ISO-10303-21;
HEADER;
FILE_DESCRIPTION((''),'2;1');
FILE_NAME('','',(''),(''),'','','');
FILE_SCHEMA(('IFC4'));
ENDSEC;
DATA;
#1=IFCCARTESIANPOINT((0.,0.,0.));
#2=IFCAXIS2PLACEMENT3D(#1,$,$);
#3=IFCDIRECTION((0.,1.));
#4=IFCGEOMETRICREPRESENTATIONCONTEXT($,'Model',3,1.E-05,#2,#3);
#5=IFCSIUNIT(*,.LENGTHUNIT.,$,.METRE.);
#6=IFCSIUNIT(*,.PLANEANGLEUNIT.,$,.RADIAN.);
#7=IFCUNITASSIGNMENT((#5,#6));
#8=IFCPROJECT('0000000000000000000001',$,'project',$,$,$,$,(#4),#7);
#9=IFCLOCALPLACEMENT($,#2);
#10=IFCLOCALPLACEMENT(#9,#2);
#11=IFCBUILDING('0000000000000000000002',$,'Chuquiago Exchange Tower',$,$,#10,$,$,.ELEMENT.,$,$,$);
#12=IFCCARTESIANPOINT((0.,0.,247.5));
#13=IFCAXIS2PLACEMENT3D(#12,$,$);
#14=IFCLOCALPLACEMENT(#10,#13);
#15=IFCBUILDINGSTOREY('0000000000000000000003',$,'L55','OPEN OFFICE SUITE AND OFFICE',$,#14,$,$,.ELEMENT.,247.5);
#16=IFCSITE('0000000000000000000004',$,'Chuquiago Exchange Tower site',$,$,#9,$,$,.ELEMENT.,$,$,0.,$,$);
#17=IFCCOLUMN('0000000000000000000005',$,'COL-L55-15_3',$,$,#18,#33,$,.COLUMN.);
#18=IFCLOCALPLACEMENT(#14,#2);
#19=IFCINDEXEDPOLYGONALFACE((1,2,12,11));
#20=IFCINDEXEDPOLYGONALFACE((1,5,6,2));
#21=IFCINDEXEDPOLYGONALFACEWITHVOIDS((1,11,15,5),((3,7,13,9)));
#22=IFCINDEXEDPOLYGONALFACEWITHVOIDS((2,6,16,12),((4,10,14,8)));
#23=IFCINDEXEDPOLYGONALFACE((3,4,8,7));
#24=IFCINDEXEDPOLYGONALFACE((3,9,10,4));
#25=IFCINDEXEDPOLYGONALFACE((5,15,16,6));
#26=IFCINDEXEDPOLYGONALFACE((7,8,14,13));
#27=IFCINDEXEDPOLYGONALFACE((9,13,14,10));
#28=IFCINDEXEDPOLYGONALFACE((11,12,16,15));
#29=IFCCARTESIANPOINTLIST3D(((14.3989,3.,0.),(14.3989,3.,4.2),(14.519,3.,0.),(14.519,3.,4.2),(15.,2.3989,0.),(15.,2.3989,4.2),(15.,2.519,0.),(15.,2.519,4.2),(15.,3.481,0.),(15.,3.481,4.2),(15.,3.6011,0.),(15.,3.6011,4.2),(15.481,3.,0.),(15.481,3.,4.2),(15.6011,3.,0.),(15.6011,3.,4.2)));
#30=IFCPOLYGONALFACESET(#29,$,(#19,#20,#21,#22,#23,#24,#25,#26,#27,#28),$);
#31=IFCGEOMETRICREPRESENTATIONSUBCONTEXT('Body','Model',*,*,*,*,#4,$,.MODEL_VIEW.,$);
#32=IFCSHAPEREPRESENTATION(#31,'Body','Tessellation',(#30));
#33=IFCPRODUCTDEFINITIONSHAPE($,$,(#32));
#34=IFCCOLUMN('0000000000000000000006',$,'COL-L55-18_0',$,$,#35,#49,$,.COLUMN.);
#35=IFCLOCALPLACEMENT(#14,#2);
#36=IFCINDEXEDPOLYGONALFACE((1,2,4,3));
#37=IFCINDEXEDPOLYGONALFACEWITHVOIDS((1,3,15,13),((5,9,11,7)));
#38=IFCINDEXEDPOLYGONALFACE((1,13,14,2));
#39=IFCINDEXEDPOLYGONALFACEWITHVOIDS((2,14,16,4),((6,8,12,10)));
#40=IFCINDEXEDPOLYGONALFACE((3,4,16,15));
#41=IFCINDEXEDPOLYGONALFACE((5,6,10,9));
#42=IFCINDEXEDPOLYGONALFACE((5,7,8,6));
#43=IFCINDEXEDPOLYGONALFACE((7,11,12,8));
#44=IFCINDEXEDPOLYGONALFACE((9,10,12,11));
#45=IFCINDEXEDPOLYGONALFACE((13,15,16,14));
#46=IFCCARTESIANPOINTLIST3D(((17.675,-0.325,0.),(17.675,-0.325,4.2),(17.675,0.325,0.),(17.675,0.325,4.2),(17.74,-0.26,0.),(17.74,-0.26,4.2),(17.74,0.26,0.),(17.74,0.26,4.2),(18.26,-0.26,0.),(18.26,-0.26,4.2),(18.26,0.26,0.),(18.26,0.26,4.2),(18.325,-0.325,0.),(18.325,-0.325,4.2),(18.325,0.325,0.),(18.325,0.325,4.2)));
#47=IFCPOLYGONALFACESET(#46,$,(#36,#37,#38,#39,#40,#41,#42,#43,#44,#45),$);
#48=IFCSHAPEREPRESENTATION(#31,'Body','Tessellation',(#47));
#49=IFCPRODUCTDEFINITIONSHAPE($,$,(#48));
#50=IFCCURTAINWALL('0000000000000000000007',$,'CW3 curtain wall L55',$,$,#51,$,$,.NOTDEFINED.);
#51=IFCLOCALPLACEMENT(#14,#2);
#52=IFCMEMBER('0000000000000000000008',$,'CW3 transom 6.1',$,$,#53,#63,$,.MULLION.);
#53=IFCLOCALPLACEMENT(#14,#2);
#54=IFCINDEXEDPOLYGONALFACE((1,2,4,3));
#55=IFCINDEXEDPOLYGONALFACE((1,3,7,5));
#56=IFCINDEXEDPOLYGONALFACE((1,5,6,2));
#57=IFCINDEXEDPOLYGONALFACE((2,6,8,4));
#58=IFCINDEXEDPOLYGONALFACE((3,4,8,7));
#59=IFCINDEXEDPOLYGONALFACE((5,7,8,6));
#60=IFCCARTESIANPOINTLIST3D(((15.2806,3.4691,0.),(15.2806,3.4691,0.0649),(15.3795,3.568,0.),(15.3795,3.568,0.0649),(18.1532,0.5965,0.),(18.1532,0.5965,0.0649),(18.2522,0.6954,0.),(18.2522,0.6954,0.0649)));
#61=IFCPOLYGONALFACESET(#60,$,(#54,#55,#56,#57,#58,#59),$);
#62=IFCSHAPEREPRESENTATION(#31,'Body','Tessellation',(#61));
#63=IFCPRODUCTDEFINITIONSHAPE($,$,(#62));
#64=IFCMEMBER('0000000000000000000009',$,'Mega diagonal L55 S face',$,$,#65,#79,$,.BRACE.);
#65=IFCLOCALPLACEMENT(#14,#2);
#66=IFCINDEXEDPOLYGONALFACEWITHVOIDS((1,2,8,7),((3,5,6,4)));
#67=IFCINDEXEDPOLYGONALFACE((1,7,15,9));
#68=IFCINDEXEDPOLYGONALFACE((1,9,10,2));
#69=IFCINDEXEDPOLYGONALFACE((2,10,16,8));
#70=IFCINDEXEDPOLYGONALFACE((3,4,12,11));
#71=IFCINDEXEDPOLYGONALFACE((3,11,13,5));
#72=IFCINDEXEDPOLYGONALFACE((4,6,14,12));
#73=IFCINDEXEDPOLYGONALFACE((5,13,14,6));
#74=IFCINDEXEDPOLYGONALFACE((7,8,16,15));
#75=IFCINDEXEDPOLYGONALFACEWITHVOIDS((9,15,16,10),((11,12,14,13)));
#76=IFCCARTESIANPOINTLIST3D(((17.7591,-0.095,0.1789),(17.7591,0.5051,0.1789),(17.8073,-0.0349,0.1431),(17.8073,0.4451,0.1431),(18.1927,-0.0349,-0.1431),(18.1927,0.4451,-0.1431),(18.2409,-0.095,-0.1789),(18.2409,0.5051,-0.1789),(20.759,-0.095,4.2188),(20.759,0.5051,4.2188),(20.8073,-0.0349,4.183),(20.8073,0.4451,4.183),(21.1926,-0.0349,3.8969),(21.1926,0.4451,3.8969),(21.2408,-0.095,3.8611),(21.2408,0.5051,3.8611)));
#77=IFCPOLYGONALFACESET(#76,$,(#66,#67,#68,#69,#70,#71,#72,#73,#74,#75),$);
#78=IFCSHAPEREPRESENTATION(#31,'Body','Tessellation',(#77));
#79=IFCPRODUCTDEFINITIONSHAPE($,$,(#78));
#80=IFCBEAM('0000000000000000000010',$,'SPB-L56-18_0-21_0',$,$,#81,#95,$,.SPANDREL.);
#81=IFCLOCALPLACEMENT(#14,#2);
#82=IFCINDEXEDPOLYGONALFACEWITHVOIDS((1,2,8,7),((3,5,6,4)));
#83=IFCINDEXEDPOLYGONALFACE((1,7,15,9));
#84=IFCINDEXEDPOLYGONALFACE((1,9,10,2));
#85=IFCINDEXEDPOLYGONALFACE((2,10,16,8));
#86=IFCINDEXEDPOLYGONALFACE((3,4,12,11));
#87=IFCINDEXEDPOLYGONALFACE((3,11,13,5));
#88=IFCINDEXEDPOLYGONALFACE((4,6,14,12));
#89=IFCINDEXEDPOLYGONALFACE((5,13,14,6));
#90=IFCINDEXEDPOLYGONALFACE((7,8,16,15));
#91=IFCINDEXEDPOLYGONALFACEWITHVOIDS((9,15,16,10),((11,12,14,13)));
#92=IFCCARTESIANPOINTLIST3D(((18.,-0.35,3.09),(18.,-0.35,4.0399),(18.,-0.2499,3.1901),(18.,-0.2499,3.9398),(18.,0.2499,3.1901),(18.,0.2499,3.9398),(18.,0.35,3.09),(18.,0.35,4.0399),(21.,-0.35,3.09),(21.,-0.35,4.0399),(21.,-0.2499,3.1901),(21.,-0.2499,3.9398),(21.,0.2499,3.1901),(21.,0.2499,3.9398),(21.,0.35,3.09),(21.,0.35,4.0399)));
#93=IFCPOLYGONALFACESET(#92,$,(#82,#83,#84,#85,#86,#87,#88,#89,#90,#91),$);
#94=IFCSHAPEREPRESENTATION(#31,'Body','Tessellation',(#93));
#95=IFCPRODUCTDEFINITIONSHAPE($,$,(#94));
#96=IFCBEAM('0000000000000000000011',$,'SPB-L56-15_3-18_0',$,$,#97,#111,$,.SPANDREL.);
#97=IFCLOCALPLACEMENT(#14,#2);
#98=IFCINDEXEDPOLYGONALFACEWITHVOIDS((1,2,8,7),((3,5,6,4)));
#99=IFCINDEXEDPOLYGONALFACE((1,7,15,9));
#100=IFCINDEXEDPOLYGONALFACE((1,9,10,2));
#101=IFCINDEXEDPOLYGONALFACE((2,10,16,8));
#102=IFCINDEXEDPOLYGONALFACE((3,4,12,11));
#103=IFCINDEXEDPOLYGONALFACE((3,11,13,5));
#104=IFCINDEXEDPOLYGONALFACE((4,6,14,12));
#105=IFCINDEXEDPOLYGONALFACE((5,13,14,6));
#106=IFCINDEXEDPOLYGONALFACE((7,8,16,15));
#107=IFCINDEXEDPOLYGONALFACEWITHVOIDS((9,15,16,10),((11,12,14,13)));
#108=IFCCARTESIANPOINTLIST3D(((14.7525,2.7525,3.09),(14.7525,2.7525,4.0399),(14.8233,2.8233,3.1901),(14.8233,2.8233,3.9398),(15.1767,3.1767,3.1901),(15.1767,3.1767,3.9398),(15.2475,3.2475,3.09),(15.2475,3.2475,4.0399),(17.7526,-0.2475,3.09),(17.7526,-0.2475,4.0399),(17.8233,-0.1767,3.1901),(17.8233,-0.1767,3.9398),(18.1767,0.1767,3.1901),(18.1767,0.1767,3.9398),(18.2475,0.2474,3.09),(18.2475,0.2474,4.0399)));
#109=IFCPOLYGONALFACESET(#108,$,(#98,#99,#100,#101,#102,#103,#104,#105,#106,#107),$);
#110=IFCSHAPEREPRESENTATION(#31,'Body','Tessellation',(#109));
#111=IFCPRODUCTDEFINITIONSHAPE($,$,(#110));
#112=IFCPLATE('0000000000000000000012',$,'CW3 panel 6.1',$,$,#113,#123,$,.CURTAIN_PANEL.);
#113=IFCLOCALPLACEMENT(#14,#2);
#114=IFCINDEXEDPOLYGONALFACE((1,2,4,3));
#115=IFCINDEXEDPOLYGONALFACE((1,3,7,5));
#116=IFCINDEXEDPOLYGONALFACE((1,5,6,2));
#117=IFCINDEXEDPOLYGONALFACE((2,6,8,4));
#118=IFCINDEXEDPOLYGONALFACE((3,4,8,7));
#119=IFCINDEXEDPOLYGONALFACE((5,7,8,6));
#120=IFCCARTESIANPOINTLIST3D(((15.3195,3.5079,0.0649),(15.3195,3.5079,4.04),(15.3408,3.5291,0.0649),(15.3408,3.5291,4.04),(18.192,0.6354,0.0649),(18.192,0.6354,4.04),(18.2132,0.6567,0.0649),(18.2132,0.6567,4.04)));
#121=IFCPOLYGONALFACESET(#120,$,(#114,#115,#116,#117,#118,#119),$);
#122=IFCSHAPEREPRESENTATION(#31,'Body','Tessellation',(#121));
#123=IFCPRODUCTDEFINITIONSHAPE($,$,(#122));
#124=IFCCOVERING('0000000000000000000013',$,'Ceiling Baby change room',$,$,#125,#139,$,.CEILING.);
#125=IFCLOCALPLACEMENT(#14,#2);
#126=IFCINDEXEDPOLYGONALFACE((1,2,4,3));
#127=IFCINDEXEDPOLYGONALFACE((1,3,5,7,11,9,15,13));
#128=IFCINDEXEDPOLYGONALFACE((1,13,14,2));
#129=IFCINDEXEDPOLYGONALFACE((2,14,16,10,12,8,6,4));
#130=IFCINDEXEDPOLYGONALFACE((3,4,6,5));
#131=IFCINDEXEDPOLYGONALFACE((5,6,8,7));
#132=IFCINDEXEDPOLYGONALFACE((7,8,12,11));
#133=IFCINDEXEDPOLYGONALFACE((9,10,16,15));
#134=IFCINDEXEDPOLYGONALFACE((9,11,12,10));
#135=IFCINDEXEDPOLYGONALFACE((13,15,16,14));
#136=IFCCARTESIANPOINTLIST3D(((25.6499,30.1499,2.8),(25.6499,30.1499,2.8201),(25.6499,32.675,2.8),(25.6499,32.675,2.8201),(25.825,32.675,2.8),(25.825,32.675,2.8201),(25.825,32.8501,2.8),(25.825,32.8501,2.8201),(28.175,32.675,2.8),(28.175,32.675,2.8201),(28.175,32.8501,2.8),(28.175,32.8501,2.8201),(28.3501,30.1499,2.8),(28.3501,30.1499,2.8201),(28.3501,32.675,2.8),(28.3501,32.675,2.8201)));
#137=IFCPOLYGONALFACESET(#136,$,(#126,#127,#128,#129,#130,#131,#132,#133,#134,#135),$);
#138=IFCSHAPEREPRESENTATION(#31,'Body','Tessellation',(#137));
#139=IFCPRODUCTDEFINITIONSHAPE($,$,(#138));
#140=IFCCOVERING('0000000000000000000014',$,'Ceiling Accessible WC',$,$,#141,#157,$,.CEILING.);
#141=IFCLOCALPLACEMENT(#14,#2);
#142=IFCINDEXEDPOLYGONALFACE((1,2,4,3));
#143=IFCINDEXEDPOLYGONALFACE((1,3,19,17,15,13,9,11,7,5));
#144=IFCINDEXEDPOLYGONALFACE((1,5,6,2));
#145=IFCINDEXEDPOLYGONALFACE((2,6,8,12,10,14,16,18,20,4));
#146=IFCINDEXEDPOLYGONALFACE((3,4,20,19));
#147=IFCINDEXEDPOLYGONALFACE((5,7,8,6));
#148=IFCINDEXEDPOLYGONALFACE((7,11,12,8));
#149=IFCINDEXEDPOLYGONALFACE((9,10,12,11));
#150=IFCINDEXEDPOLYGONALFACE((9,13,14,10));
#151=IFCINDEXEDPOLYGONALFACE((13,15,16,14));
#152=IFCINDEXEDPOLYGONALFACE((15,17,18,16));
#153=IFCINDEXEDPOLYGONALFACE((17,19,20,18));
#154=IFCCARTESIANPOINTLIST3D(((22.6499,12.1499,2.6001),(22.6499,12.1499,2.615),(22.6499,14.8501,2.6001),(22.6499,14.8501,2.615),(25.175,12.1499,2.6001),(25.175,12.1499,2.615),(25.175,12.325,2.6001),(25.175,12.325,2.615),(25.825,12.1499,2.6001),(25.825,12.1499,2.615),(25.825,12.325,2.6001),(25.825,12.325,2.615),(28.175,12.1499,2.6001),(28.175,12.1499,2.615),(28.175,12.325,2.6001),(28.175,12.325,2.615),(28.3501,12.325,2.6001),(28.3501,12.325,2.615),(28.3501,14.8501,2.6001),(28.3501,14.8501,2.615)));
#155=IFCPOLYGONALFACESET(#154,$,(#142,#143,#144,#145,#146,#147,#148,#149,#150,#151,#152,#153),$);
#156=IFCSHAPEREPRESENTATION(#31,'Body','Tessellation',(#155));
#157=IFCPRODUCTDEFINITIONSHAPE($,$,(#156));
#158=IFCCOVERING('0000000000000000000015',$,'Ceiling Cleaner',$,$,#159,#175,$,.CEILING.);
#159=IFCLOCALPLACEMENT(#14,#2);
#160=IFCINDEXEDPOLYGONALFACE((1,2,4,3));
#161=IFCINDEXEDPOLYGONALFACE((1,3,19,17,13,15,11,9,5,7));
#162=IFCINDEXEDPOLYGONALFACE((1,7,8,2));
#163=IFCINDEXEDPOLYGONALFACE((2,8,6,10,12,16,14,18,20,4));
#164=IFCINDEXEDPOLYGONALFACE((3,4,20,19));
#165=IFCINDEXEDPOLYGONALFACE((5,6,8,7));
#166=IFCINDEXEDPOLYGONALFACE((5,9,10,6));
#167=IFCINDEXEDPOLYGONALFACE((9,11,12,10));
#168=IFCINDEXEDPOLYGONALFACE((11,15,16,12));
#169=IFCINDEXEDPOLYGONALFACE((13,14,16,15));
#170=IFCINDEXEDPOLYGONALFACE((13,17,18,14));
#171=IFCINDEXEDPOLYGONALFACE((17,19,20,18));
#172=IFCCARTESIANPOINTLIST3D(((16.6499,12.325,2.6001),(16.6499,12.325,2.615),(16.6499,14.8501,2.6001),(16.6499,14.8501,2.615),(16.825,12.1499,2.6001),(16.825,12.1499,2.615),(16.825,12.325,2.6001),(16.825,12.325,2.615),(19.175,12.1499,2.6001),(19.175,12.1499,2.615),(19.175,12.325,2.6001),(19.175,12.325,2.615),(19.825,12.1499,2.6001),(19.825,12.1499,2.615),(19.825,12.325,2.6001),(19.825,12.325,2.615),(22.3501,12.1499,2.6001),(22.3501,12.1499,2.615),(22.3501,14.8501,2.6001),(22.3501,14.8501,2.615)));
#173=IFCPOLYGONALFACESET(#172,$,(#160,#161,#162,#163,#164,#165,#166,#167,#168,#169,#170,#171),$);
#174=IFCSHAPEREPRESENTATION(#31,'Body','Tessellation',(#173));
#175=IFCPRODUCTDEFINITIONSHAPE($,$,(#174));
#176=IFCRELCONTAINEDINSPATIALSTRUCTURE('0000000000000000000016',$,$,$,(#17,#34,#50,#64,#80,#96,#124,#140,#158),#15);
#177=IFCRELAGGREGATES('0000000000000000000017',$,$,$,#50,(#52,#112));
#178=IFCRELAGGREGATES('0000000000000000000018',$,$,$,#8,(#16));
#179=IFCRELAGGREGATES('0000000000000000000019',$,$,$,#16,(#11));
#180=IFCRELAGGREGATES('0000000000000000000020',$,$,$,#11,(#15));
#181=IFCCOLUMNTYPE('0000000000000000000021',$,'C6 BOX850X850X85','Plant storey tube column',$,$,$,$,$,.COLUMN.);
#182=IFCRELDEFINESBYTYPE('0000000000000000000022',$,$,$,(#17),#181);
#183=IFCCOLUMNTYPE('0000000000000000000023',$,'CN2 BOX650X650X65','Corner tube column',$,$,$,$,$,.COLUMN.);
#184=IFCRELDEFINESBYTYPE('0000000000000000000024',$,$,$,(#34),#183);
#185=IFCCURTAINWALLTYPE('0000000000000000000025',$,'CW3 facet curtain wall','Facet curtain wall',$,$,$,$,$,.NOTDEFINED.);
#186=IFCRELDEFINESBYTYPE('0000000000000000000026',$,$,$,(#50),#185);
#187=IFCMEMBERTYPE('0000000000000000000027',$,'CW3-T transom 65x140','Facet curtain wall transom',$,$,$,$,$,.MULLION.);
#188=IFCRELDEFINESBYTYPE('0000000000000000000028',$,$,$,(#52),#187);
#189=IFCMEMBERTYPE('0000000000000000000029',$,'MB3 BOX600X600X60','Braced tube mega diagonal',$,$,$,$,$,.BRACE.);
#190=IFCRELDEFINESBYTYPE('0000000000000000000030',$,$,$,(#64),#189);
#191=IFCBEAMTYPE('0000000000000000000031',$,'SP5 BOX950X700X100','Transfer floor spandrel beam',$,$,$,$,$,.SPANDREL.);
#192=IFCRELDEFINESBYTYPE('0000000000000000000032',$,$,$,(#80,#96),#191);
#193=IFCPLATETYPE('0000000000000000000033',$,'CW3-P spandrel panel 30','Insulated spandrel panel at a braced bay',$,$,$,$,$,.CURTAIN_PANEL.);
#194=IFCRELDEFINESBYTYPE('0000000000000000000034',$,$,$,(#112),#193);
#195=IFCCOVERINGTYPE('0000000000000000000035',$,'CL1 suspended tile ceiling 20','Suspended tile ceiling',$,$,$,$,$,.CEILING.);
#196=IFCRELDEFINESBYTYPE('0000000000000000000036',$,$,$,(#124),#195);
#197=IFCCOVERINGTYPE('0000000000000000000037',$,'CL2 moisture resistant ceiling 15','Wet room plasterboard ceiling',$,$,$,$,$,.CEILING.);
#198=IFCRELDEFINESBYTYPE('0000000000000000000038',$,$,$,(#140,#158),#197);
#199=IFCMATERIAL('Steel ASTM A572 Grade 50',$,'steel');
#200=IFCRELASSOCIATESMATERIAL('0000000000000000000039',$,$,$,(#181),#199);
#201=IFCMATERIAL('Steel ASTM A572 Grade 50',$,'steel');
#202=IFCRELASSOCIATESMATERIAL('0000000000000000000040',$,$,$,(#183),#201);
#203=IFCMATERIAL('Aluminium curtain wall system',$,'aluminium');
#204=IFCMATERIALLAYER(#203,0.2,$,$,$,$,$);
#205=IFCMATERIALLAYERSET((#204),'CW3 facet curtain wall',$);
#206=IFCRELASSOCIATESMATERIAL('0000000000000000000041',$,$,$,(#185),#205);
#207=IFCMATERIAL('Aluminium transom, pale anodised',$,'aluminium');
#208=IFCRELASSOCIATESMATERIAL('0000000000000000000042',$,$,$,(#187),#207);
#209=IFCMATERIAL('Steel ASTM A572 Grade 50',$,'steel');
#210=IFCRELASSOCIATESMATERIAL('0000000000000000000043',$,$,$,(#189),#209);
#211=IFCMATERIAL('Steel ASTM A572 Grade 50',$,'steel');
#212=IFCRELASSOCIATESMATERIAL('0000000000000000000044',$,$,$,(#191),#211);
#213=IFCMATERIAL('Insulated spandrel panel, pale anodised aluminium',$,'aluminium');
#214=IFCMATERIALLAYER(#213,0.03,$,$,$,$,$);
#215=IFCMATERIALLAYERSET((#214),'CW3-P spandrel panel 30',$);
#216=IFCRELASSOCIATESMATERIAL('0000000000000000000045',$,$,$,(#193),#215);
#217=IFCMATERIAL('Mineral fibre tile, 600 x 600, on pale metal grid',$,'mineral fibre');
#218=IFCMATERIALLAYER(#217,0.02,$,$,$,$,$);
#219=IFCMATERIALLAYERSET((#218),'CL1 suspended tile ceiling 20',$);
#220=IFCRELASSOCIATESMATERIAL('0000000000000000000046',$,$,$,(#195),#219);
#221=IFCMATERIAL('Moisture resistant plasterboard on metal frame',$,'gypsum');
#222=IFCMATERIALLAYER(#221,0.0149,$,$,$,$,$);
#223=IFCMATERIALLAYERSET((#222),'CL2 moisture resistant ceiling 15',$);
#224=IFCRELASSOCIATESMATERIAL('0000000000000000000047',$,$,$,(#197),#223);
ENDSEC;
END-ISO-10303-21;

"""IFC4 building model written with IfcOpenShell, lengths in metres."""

from ifc_helpers import new_model, si_unit, direction, frame, origin, origin_2d, place, context, subcontext, project, spatial, polyline, rectangle, hollow_rectangle, outline, extrude, material, layer, layer_set, material_profile, profile_set, type_object, element, aggregate, save


model = new_model("IFC4")

# Units and contexts
model_context = context("Model", 3, precision=1e-05, world=origin(), true_north=direction((0.0, 1.0)))
body_context = subcontext(model_context, "Body", "Model", "MODEL_VIEW")
ifc_project = project(units=[si_unit("LENGTHUNIT", "METRE"), si_unit("PLANEANGLEUNIT", "RADIAN")], contexts=[model_context])

# Site, building, storey
site_placement = place(None, origin())
site = spatial("IfcSite", under=ifc_project, at=site_placement, Name="Chuquiago Exchange Tower site", CompositionType="ELEMENT", RefElevation=0.0)
building_placement = place(site_placement, origin())
building = spatial("IfcBuilding", under=site, at=building_placement, Name="Chuquiago Exchange Tower", CompositionType="ELEMENT")
storey_placement = place(building_placement, frame((0.0, 0.0, 247.5)))
storey = spatial("IfcBuildingStorey", under=building, at=storey_placement, Name="L55", Description="OPEN OFFICE SUITE AND OFFICE", CompositionType="ELEMENT", Elevation=247.5)

# Columns
ifc_material_1 = material(Name="Steel ASTM A572 Grade 50", Category="steel")
ifc_material_profile_1 = material_profile(ifc_material_1, hollow_rectangle(XDim=0.8501, YDim=0.8501, WallThickness=0.085, at=origin_2d()), Name="BOX850X850X85")
ifc_profile_set_1 = profile_set([ifc_material_profile_1], Name="Steel ASTM A572 Grade 50")
column_type_1 = type_object("IfcColumnType", Name="C6 BOX850X850X85", Description="Plant storey tube column", PredefinedType="COLUMN", material=ifc_profile_set_1)
column_1_placement = place(storey_placement, frame((15.0, 3.0, 0.0), z_axis=(0.0, 0.0, 1.0), x_axis=(-0.707107, -0.707107, 0.0)))
element("IfcColumn", 1, at=column_1_placement, inside=storey, type_object=column_type_1, Name="COL-L55-15_3", PredefinedType="COLUMN", context=body_context, shape_type="SweptSolid", body=[
    extrude(hollow_rectangle(XDim=0.8501, YDim=0.8501, WallThickness=0.085, at=origin_2d()), origin(), (0.0, 0.0, 1.0), 4.2),
])
ifc_material_2 = material(Name="Steel ASTM A572 Grade 50", Category="steel")
ifc_material_profile_2 = material_profile(ifc_material_2, hollow_rectangle(XDim=0.6499, YDim=0.6499, WallThickness=0.0649, at=origin_2d()), Name="BOX650X650X65")
ifc_profile_set_2 = profile_set([ifc_material_profile_2], Name="Steel ASTM A572 Grade 50")
column_type_2 = type_object("IfcColumnType", Name="CN2 BOX650X650X65", Description="Corner tube column", PredefinedType="COLUMN", material=ifc_profile_set_2)
column_2_placement = place(storey_placement, frame((18.0, 0.0, 0.0), z_axis=(0.0, 0.0, 1.0), x_axis=(0.0, -1.0, 0.0)))
element("IfcColumn", 2, at=column_2_placement, inside=storey, type_object=column_type_2, Name="COL-L55-18_0", PredefinedType="COLUMN", context=body_context, shape_type="SweptSolid", body=[
    extrude(hollow_rectangle(XDim=0.6499, YDim=0.6499, WallThickness=0.0649, at=origin_2d()), origin(), (0.0, 0.0, 1.0), 4.2),
])

# Curtain wall, member
ifc_material_3 = material(Name="Aluminium curtain wall system", Category="aluminium")
ifc_layer_1 = layer(ifc_material_3, 0.2)
ifc_layer_set_1 = layer_set([ifc_layer_1], Name="CW3 facet curtain wall")
curtain_wall_type = type_object("IfcCurtainWallType", Name="CW3 facet curtain wall", Description="Facet curtain wall", PredefinedType="NOTDEFINED", material=ifc_layer_set_1)
curtain_wall_placement = place(storey_placement, origin())
curtain_wall = element("IfcCurtainWall", 3, at=curtain_wall_placement, inside=storey, type_object=curtain_wall_type, Name="CW3 curtain wall L55", PredefinedType="NOTDEFINED")
ifc_material_4 = material(Name="Aluminium transom, pale anodised", Category="aluminium")
ifc_material_profile_3 = material_profile(ifc_material_4, rectangle(XDim=0.1399, YDim=0.0649, at=origin_2d()), Name="AL 140x65")
ifc_profile_set_3 = profile_set([ifc_material_profile_3], Name="Aluminium transom, pale anodised")
member_type_1 = type_object("IfcMemberType", Name="CW3-T transom 65x140", Description="Facet curtain wall transom", PredefinedType="MULLION", material=ifc_profile_set_3)
member_1_placement = place(storey_placement, frame((15.3301, 3.5186, 0.0325), z_axis=(0.707107, -0.707107, 0.0), x_axis=(0.707107, 0.707107, 0.0)))
member_1 = element("IfcMember", 4, at=member_1_placement, type_object=member_type_1, Name="CW3 transom 6.1", PredefinedType="MULLION", context=body_context, shape_type="SweptSolid", body=[
    extrude(rectangle(XDim=0.1399, YDim=0.0649, at=origin_2d()), origin(), (0.0, 0.0, 1.0), 4.0625),
])

# Member
ifc_material_5 = material(Name="Steel ASTM A572 Grade 50", Category="steel")
ifc_material_profile_4 = material_profile(ifc_material_5, hollow_rectangle(XDim=0.6001, YDim=0.6001, WallThickness=0.0601, at=origin_2d()), Name="BOX600X600X60")
ifc_profile_set_4 = profile_set([ifc_material_profile_4], Name="Steel ASTM A572 Grade 50")
member_type_2 = type_object("IfcMemberType", Name="MB3 BOX600X600X60", Description="Braced tube mega diagonal", PredefinedType="BRACE", material=ifc_profile_set_4)
member_2_placement = place(storey_placement, frame((18.0, 0.2051, 0.0), z_axis=(0.596174, 0.0, 0.802855), x_axis=(0.0, 1.0, 0.0)))
element("IfcMember", 5, at=member_2_placement, inside=storey, type_object=member_type_2, Name="Mega diagonal L55 S face", PredefinedType="BRACE", context=body_context, shape_type="SweptSolid", body=[
    extrude(hollow_rectangle(XDim=0.6001, YDim=0.6001, WallThickness=0.0601, at=origin_2d()), origin(), (0.0, 0.0, 1.0), 5.032),
])

# Beams
ifc_material_6 = material(Name="Steel ASTM A572 Grade 50", Category="steel")
ifc_material_profile_5 = material_profile(ifc_material_6, hollow_rectangle(XDim=0.7, YDim=0.95, WallThickness=0.1001, at=origin_2d()), Name="BOX950X700X100")
ifc_profile_set_5 = profile_set([ifc_material_profile_5], Name="Steel ASTM A572 Grade 50")
beam_type = type_object("IfcBeamType", Name="SP5 BOX950X700X100", Description="Transfer floor spandrel beam", PredefinedType="SPANDREL", material=ifc_profile_set_5)
beam_1_placement = place(storey_placement, frame((18.0, 0.0, 3.5649), z_axis=(1.0, 0.0, 0.0), x_axis=(0.0, 1.0, 0.0)))
element("IfcBeam", 6, at=beam_1_placement, inside=storey, type_object=beam_type, Name="SPB-L56-18_0-21_0", PredefinedType="SPANDREL", context=body_context, shape_type="SweptSolid", body=[
    extrude(hollow_rectangle(XDim=0.7, YDim=0.95, WallThickness=0.1001, at=origin_2d()), origin(), (0.0, 0.0, 1.0), 3.0),
])
beam_2_placement = place(storey_placement, frame((15.0, 3.0, 3.5649), z_axis=(0.707107, -0.707107, 0.0), x_axis=(0.707107, 0.707107, 0.0)))
element("IfcBeam", 7, at=beam_2_placement, inside=storey, type_object=beam_type, Name="SPB-L56-15_3-18_0", PredefinedType="SPANDREL", context=body_context, shape_type="SweptSolid", body=[
    extrude(hollow_rectangle(XDim=0.7, YDim=0.95, WallThickness=0.1001, at=origin_2d()), origin(), (0.0, 0.0, 1.0), 4.2427),
])

# Plate
ifc_material_7 = material(Name="Insulated spandrel panel, pale anodised aluminium", Category="aluminium")
ifc_layer_2 = layer(ifc_material_7, 0.03)
ifc_layer_set_2 = layer_set([ifc_layer_2], Name="CW3-P spandrel panel 30")
plate_type = type_object("IfcPlateType", Name="CW3-P spandrel panel 30", Description="Insulated spandrel panel at a braced bay", PredefinedType="CURTAIN_PANEL", material=ifc_layer_set_2)
plate_placement = place(storey_placement, frame((16.7664, 2.0823, 0.0649), z_axis=(0.0, 0.0, 1.0), x_axis=(0.707107, -0.707107, 0.0)))
plate = element("IfcPlate", 8, at=plate_placement, type_object=plate_type, Name="CW3 panel 6.1", PredefinedType="CURTAIN_PANEL", context=body_context, shape_type="SweptSolid", body=[
    extrude(rectangle(XDim=4.0623, YDim=0.03, at=origin_2d()), origin(), (0.0, 0.0, 1.0), 3.9751),
])
aggregate(curtain_wall, [member_1, plate])

# Coverings
ifc_material_8 = material(Name="Mineral fibre tile, 600 x 600, on pale metal grid", Category="mineral fibre")
ifc_layer_3 = layer(ifc_material_8, 0.02)
ifc_layer_set_3 = layer_set([ifc_layer_3], Name="CL1 suspended tile ceiling 20")
covering_type_1 = type_object("IfcCoveringType", Name="CL1 suspended tile ceiling 20", Description="Suspended tile ceiling", PredefinedType="CEILING", material=ifc_layer_set_3)
covering_1_placement = place(storey_placement, frame((0.0, 0.0, 2.8)))
element("IfcCovering", 9, at=covering_1_placement, inside=storey, type_object=covering_type_1, Name="Ceiling Baby change room", PredefinedType="CEILING", context=body_context, shape_type="SweptSolid", body=[
    extrude(outline(polyline([(25.6499, 30.1499), (25.6499, 32.675), (25.825, 32.675), (25.825, 32.8501), (28.175, 32.8501), (28.175, 32.675), (28.3501, 32.675), (28.3501, 30.1499), (25.6499, 30.1499)])), origin(), (0.0, 0.0, 1.0), 0.02),
])
ifc_material_9 = material(Name="Moisture resistant plasterboard on metal frame", Category="gypsum")
ifc_layer_4 = layer(ifc_material_9, 0.0149)
ifc_layer_set_4 = layer_set([ifc_layer_4], Name="CL2 moisture resistant ceiling 15")
covering_type_2 = type_object("IfcCoveringType", Name="CL2 moisture resistant ceiling 15", Description="Wet room plasterboard ceiling", PredefinedType="CEILING", material=ifc_layer_set_4)
covering_2_placement = place(storey_placement, frame((0.0, 0.0, 2.6001)))
element("IfcCovering", 10, at=covering_2_placement, inside=storey, type_object=covering_type_2, Name="Ceiling Accessible WC", PredefinedType="CEILING", context=body_context, shape_type="SweptSolid", body=[
    extrude(outline(polyline([(25.825, 12.1499), (25.825, 12.325), (25.175, 12.325), (25.175, 12.1499), (22.6499, 12.1499), (22.6499, 14.8501), (28.3501, 14.8501), (28.3501, 12.325), (28.175, 12.325), (28.175, 12.1499), (25.825, 12.1499)])), origin(), (0.0, 0.0, 1.0), 0.0149),
])
covering_3_placement = place(storey_placement, frame((0.0, 0.0, 2.6001)))
element("IfcCovering", 11, at=covering_3_placement, inside=storey, type_object=covering_type_2, Name="Ceiling Cleaner", PredefinedType="CEILING", context=body_context, shape_type="SweptSolid", body=[
    extrude(outline(polyline([(19.825, 12.1499), (19.825, 12.325), (19.175, 12.325), (19.175, 12.1499), (16.825, 12.1499), (16.825, 12.325), (16.6499, 12.325), (16.6499, 14.8501), (22.3501, 14.8501), (22.3501, 12.1499), (19.825, 12.1499)])), origin(), (0.0, 0.0, 1.0), 0.0149),
])

save(model, "model.ifc")
